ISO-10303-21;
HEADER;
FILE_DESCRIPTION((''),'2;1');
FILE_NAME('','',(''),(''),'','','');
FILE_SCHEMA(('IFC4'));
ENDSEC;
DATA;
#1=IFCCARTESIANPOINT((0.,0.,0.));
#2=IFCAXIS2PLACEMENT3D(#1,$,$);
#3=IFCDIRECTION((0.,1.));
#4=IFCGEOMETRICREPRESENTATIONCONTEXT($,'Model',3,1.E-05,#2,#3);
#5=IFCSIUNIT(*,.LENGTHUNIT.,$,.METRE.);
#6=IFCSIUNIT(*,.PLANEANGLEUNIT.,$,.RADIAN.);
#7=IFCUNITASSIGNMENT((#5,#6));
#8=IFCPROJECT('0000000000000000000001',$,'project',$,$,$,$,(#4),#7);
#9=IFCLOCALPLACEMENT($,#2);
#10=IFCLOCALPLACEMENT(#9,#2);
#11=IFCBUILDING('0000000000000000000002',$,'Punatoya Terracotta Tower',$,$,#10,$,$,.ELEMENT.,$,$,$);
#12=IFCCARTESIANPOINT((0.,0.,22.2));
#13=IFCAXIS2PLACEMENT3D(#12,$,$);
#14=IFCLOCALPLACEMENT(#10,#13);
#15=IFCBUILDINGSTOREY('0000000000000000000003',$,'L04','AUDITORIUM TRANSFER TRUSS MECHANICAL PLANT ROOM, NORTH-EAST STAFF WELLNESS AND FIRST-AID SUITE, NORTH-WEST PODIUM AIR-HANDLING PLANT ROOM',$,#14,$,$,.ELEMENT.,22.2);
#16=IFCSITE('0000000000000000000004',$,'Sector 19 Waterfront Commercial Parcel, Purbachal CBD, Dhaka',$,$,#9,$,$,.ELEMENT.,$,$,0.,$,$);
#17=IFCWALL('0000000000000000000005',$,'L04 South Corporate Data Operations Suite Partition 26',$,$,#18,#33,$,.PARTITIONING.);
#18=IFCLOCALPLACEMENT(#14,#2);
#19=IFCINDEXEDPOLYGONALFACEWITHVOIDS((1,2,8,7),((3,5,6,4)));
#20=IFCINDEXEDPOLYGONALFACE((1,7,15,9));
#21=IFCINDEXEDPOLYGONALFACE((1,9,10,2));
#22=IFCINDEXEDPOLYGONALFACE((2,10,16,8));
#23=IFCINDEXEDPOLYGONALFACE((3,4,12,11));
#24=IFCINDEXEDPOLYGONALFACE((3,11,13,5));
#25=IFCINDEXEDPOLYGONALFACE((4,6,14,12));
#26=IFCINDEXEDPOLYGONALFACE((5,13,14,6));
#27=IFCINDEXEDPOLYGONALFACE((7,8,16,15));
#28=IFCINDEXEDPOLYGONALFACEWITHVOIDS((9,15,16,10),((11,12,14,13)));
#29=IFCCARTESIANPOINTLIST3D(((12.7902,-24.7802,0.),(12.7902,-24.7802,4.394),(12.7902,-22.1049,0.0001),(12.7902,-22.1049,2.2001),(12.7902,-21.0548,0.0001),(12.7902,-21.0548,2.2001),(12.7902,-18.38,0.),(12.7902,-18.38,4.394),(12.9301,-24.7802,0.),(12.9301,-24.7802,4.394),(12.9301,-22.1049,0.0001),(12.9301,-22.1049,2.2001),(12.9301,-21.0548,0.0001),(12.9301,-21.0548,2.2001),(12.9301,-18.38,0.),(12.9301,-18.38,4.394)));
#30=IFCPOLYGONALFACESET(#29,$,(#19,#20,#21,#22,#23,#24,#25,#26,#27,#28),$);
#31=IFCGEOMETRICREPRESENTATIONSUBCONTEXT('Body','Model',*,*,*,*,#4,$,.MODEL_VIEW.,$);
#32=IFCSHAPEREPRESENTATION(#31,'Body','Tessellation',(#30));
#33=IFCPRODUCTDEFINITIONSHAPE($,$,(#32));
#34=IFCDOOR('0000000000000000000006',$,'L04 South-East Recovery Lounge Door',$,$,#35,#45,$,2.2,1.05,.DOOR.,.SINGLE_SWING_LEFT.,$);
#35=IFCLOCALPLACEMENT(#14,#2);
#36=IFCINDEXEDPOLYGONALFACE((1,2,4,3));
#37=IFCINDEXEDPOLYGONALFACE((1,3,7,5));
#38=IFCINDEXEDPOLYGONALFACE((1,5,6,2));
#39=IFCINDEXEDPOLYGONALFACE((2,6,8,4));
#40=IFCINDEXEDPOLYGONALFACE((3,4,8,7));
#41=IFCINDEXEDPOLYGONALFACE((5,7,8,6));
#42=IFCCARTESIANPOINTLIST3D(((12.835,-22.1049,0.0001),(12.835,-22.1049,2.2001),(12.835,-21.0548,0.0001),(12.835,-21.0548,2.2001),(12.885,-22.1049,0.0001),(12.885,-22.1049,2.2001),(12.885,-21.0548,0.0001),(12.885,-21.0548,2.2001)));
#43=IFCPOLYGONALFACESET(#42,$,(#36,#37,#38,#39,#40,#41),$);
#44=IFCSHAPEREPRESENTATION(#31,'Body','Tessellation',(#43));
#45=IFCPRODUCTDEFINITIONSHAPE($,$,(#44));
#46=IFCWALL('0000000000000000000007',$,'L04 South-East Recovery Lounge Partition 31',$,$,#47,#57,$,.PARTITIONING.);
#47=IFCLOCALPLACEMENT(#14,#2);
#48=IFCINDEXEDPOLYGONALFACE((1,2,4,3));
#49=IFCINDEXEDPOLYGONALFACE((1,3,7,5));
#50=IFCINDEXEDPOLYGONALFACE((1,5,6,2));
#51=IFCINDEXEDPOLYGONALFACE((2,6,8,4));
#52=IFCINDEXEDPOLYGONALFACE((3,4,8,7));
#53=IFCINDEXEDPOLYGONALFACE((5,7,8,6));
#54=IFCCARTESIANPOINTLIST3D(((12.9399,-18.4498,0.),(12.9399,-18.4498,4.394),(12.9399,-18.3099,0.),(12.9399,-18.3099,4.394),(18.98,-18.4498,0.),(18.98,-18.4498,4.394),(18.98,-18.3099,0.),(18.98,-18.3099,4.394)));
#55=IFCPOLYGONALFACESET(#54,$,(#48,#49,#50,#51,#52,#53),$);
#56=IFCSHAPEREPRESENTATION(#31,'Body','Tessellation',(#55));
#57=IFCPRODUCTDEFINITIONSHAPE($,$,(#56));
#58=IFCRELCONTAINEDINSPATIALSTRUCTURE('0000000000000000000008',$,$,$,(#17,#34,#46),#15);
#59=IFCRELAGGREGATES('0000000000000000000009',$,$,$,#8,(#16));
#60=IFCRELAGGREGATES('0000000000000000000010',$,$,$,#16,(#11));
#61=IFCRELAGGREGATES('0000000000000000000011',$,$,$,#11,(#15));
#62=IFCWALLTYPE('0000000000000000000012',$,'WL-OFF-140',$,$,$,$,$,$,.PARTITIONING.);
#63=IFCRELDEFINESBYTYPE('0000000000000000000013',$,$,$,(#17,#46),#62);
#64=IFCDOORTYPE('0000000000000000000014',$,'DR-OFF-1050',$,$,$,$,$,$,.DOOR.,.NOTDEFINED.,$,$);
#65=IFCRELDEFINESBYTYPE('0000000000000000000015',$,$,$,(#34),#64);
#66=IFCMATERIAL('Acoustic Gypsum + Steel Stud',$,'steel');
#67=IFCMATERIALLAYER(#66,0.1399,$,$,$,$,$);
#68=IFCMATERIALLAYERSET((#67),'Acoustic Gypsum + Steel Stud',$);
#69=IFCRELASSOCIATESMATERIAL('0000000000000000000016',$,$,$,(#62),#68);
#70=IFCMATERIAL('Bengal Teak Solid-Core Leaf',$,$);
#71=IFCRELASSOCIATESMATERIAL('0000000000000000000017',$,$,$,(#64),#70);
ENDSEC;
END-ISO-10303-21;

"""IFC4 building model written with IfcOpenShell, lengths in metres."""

from ifc_helpers import new_model, si_unit, direction, frame, frame_2d, origin, place, context, subcontext, project, spatial, rectangle, extrude, material, layer, layer_set, type_object, element, fill, save


model = new_model("IFC4")

# Units and contexts
model_context = context("Model", 3, precision=1e-05, world=origin(), true_north=direction((0.0, 1.0)))
body_context = subcontext(model_context, "Body", "Model", "MODEL_VIEW")
ifc_project = project(units=[si_unit("LENGTHUNIT", "METRE"), si_unit("PLANEANGLEUNIT", "RADIAN")], contexts=[model_context])

# Site, building, storey
site_placement = place(None, origin())
site = spatial("IfcSite", under=ifc_project, at=site_placement, Name="Sector 19 Waterfront Commercial Parcel, Purbachal CBD, Dhaka", CompositionType="ELEMENT", RefElevation=0.0)
building_placement = place(site_placement, origin())
building = spatial("IfcBuilding", under=site, at=building_placement, Name="Punatoya Terracotta Tower", CompositionType="ELEMENT")
storey_placement = place(building_placement, frame((0.0, 0.0, 22.2)))
storey = spatial("IfcBuildingStorey", under=building, at=storey_placement, Name="L04", Description="AUDITORIUM TRANSFER TRUSS MECHANICAL PLANT ROOM, NORTH-EAST STAFF WELLNESS AND FIRST-AID SUITE, NORTH-WEST PODIUM AIR-HANDLING PLANT ROOM", CompositionType="ELEMENT", Elevation=22.2)

# Wall, opening, door
ifc_material_1 = material(Name="Acoustic Gypsum + Steel Stud", Category="steel")
ifc_layer_1 = layer(ifc_material_1, 0.1399)
ifc_layer_set_1 = layer_set([ifc_layer_1], Name="Acoustic Gypsum + Steel Stud")
wall_type_1 = type_object("IfcWallType", Name="WL-OFF-140", PredefinedType="PARTITIONING", material=ifc_layer_set_1)
wall_1_placement = place(storey_placement, frame((12.8601, -18.3799, 0.0), z_axis=(0.0, 0.0, 1.0), x_axis=(0.0, -1.0, 0.0)))
wall_1 = element("IfcWall", 1, at=wall_1_placement, inside=storey, type_object=wall_type_1, Name="L04 South Corporate Data Operations Suite Partition 26", PredefinedType="PARTITIONING", context=body_context, shape_type="SweptSolid", body=[
    extrude(rectangle(XDim=6.4001, YDim=0.1399, at=frame_2d((3.2002, 0.0))), origin(), (0.0, 0.0, 1.0), 4.394),
])
opening_1_placement = place(wall_1_placement, frame((2.675, 0.0, 0.0)))
opening_1 = element("IfcOpeningElement", 2, at=opening_1_placement, cuts=wall_1, PredefinedType="OPENING", context=body_context, shape_type="SweptSolid", body=[
    extrude(rectangle(XDim=1.05, YDim=2.2, at=frame_2d((0.5249, 1.1001))), frame((0.0, 0.0798, 0.0), z_axis=(0.0, -1.0, 0.0), x_axis=(1.0, 0.0, 0.0)), (0.0, 0.0, 1.0), 0.1599),
])
ifc_material_2 = material(Name="Bengal Teak Solid-Core Leaf")
door_type_1 = type_object("IfcDoorType", Name="DR-OFF-1050", OperationType="NOTDEFINED", PredefinedType="DOOR", material=ifc_material_2)
door_1_placement = place(opening_1_placement, origin())
door_1 = element("IfcDoor", 3, at=door_1_placement, inside=storey, type_object=door_type_1, Name="L04 South-East Recovery Lounge Door", OperationType="SINGLE_SWING_LEFT", OverallHeight=2.2, OverallWidth=1.05, PredefinedType="DOOR", context=body_context, shape_type="SweptSolid", body=[
    extrude(rectangle(XDim=1.05, YDim=2.2, at=frame_2d((0.5249, 1.1001))), frame((0.0, 0.0249, 0.0), z_axis=(0.0, -1.0, 0.0), x_axis=(1.0, 0.0, 0.0)), (0.0, 0.0, 1.0), 0.05),
])
fill(opening_1, door_1)

# Wall
wall_2_placement = place(storey_placement, frame((12.9399, -18.3799, 0.0), z_axis=(0.0, 0.0, 1.0), x_axis=(1.0, 0.0, 0.0)))
element("IfcWall", 4, at=wall_2_placement, inside=storey, type_object=wall_type_1, Name="L04 South-East Recovery Lounge Partition 31", PredefinedType="PARTITIONING", context=body_context, shape_type="SweptSolid", body=[
    extrude(rectangle(XDim=6.04, YDim=0.1399, at=frame_2d((3.02, 0.0))), origin(), (0.0, 0.0, 1.0), 4.394),
])

save(model, "model.ifc")
